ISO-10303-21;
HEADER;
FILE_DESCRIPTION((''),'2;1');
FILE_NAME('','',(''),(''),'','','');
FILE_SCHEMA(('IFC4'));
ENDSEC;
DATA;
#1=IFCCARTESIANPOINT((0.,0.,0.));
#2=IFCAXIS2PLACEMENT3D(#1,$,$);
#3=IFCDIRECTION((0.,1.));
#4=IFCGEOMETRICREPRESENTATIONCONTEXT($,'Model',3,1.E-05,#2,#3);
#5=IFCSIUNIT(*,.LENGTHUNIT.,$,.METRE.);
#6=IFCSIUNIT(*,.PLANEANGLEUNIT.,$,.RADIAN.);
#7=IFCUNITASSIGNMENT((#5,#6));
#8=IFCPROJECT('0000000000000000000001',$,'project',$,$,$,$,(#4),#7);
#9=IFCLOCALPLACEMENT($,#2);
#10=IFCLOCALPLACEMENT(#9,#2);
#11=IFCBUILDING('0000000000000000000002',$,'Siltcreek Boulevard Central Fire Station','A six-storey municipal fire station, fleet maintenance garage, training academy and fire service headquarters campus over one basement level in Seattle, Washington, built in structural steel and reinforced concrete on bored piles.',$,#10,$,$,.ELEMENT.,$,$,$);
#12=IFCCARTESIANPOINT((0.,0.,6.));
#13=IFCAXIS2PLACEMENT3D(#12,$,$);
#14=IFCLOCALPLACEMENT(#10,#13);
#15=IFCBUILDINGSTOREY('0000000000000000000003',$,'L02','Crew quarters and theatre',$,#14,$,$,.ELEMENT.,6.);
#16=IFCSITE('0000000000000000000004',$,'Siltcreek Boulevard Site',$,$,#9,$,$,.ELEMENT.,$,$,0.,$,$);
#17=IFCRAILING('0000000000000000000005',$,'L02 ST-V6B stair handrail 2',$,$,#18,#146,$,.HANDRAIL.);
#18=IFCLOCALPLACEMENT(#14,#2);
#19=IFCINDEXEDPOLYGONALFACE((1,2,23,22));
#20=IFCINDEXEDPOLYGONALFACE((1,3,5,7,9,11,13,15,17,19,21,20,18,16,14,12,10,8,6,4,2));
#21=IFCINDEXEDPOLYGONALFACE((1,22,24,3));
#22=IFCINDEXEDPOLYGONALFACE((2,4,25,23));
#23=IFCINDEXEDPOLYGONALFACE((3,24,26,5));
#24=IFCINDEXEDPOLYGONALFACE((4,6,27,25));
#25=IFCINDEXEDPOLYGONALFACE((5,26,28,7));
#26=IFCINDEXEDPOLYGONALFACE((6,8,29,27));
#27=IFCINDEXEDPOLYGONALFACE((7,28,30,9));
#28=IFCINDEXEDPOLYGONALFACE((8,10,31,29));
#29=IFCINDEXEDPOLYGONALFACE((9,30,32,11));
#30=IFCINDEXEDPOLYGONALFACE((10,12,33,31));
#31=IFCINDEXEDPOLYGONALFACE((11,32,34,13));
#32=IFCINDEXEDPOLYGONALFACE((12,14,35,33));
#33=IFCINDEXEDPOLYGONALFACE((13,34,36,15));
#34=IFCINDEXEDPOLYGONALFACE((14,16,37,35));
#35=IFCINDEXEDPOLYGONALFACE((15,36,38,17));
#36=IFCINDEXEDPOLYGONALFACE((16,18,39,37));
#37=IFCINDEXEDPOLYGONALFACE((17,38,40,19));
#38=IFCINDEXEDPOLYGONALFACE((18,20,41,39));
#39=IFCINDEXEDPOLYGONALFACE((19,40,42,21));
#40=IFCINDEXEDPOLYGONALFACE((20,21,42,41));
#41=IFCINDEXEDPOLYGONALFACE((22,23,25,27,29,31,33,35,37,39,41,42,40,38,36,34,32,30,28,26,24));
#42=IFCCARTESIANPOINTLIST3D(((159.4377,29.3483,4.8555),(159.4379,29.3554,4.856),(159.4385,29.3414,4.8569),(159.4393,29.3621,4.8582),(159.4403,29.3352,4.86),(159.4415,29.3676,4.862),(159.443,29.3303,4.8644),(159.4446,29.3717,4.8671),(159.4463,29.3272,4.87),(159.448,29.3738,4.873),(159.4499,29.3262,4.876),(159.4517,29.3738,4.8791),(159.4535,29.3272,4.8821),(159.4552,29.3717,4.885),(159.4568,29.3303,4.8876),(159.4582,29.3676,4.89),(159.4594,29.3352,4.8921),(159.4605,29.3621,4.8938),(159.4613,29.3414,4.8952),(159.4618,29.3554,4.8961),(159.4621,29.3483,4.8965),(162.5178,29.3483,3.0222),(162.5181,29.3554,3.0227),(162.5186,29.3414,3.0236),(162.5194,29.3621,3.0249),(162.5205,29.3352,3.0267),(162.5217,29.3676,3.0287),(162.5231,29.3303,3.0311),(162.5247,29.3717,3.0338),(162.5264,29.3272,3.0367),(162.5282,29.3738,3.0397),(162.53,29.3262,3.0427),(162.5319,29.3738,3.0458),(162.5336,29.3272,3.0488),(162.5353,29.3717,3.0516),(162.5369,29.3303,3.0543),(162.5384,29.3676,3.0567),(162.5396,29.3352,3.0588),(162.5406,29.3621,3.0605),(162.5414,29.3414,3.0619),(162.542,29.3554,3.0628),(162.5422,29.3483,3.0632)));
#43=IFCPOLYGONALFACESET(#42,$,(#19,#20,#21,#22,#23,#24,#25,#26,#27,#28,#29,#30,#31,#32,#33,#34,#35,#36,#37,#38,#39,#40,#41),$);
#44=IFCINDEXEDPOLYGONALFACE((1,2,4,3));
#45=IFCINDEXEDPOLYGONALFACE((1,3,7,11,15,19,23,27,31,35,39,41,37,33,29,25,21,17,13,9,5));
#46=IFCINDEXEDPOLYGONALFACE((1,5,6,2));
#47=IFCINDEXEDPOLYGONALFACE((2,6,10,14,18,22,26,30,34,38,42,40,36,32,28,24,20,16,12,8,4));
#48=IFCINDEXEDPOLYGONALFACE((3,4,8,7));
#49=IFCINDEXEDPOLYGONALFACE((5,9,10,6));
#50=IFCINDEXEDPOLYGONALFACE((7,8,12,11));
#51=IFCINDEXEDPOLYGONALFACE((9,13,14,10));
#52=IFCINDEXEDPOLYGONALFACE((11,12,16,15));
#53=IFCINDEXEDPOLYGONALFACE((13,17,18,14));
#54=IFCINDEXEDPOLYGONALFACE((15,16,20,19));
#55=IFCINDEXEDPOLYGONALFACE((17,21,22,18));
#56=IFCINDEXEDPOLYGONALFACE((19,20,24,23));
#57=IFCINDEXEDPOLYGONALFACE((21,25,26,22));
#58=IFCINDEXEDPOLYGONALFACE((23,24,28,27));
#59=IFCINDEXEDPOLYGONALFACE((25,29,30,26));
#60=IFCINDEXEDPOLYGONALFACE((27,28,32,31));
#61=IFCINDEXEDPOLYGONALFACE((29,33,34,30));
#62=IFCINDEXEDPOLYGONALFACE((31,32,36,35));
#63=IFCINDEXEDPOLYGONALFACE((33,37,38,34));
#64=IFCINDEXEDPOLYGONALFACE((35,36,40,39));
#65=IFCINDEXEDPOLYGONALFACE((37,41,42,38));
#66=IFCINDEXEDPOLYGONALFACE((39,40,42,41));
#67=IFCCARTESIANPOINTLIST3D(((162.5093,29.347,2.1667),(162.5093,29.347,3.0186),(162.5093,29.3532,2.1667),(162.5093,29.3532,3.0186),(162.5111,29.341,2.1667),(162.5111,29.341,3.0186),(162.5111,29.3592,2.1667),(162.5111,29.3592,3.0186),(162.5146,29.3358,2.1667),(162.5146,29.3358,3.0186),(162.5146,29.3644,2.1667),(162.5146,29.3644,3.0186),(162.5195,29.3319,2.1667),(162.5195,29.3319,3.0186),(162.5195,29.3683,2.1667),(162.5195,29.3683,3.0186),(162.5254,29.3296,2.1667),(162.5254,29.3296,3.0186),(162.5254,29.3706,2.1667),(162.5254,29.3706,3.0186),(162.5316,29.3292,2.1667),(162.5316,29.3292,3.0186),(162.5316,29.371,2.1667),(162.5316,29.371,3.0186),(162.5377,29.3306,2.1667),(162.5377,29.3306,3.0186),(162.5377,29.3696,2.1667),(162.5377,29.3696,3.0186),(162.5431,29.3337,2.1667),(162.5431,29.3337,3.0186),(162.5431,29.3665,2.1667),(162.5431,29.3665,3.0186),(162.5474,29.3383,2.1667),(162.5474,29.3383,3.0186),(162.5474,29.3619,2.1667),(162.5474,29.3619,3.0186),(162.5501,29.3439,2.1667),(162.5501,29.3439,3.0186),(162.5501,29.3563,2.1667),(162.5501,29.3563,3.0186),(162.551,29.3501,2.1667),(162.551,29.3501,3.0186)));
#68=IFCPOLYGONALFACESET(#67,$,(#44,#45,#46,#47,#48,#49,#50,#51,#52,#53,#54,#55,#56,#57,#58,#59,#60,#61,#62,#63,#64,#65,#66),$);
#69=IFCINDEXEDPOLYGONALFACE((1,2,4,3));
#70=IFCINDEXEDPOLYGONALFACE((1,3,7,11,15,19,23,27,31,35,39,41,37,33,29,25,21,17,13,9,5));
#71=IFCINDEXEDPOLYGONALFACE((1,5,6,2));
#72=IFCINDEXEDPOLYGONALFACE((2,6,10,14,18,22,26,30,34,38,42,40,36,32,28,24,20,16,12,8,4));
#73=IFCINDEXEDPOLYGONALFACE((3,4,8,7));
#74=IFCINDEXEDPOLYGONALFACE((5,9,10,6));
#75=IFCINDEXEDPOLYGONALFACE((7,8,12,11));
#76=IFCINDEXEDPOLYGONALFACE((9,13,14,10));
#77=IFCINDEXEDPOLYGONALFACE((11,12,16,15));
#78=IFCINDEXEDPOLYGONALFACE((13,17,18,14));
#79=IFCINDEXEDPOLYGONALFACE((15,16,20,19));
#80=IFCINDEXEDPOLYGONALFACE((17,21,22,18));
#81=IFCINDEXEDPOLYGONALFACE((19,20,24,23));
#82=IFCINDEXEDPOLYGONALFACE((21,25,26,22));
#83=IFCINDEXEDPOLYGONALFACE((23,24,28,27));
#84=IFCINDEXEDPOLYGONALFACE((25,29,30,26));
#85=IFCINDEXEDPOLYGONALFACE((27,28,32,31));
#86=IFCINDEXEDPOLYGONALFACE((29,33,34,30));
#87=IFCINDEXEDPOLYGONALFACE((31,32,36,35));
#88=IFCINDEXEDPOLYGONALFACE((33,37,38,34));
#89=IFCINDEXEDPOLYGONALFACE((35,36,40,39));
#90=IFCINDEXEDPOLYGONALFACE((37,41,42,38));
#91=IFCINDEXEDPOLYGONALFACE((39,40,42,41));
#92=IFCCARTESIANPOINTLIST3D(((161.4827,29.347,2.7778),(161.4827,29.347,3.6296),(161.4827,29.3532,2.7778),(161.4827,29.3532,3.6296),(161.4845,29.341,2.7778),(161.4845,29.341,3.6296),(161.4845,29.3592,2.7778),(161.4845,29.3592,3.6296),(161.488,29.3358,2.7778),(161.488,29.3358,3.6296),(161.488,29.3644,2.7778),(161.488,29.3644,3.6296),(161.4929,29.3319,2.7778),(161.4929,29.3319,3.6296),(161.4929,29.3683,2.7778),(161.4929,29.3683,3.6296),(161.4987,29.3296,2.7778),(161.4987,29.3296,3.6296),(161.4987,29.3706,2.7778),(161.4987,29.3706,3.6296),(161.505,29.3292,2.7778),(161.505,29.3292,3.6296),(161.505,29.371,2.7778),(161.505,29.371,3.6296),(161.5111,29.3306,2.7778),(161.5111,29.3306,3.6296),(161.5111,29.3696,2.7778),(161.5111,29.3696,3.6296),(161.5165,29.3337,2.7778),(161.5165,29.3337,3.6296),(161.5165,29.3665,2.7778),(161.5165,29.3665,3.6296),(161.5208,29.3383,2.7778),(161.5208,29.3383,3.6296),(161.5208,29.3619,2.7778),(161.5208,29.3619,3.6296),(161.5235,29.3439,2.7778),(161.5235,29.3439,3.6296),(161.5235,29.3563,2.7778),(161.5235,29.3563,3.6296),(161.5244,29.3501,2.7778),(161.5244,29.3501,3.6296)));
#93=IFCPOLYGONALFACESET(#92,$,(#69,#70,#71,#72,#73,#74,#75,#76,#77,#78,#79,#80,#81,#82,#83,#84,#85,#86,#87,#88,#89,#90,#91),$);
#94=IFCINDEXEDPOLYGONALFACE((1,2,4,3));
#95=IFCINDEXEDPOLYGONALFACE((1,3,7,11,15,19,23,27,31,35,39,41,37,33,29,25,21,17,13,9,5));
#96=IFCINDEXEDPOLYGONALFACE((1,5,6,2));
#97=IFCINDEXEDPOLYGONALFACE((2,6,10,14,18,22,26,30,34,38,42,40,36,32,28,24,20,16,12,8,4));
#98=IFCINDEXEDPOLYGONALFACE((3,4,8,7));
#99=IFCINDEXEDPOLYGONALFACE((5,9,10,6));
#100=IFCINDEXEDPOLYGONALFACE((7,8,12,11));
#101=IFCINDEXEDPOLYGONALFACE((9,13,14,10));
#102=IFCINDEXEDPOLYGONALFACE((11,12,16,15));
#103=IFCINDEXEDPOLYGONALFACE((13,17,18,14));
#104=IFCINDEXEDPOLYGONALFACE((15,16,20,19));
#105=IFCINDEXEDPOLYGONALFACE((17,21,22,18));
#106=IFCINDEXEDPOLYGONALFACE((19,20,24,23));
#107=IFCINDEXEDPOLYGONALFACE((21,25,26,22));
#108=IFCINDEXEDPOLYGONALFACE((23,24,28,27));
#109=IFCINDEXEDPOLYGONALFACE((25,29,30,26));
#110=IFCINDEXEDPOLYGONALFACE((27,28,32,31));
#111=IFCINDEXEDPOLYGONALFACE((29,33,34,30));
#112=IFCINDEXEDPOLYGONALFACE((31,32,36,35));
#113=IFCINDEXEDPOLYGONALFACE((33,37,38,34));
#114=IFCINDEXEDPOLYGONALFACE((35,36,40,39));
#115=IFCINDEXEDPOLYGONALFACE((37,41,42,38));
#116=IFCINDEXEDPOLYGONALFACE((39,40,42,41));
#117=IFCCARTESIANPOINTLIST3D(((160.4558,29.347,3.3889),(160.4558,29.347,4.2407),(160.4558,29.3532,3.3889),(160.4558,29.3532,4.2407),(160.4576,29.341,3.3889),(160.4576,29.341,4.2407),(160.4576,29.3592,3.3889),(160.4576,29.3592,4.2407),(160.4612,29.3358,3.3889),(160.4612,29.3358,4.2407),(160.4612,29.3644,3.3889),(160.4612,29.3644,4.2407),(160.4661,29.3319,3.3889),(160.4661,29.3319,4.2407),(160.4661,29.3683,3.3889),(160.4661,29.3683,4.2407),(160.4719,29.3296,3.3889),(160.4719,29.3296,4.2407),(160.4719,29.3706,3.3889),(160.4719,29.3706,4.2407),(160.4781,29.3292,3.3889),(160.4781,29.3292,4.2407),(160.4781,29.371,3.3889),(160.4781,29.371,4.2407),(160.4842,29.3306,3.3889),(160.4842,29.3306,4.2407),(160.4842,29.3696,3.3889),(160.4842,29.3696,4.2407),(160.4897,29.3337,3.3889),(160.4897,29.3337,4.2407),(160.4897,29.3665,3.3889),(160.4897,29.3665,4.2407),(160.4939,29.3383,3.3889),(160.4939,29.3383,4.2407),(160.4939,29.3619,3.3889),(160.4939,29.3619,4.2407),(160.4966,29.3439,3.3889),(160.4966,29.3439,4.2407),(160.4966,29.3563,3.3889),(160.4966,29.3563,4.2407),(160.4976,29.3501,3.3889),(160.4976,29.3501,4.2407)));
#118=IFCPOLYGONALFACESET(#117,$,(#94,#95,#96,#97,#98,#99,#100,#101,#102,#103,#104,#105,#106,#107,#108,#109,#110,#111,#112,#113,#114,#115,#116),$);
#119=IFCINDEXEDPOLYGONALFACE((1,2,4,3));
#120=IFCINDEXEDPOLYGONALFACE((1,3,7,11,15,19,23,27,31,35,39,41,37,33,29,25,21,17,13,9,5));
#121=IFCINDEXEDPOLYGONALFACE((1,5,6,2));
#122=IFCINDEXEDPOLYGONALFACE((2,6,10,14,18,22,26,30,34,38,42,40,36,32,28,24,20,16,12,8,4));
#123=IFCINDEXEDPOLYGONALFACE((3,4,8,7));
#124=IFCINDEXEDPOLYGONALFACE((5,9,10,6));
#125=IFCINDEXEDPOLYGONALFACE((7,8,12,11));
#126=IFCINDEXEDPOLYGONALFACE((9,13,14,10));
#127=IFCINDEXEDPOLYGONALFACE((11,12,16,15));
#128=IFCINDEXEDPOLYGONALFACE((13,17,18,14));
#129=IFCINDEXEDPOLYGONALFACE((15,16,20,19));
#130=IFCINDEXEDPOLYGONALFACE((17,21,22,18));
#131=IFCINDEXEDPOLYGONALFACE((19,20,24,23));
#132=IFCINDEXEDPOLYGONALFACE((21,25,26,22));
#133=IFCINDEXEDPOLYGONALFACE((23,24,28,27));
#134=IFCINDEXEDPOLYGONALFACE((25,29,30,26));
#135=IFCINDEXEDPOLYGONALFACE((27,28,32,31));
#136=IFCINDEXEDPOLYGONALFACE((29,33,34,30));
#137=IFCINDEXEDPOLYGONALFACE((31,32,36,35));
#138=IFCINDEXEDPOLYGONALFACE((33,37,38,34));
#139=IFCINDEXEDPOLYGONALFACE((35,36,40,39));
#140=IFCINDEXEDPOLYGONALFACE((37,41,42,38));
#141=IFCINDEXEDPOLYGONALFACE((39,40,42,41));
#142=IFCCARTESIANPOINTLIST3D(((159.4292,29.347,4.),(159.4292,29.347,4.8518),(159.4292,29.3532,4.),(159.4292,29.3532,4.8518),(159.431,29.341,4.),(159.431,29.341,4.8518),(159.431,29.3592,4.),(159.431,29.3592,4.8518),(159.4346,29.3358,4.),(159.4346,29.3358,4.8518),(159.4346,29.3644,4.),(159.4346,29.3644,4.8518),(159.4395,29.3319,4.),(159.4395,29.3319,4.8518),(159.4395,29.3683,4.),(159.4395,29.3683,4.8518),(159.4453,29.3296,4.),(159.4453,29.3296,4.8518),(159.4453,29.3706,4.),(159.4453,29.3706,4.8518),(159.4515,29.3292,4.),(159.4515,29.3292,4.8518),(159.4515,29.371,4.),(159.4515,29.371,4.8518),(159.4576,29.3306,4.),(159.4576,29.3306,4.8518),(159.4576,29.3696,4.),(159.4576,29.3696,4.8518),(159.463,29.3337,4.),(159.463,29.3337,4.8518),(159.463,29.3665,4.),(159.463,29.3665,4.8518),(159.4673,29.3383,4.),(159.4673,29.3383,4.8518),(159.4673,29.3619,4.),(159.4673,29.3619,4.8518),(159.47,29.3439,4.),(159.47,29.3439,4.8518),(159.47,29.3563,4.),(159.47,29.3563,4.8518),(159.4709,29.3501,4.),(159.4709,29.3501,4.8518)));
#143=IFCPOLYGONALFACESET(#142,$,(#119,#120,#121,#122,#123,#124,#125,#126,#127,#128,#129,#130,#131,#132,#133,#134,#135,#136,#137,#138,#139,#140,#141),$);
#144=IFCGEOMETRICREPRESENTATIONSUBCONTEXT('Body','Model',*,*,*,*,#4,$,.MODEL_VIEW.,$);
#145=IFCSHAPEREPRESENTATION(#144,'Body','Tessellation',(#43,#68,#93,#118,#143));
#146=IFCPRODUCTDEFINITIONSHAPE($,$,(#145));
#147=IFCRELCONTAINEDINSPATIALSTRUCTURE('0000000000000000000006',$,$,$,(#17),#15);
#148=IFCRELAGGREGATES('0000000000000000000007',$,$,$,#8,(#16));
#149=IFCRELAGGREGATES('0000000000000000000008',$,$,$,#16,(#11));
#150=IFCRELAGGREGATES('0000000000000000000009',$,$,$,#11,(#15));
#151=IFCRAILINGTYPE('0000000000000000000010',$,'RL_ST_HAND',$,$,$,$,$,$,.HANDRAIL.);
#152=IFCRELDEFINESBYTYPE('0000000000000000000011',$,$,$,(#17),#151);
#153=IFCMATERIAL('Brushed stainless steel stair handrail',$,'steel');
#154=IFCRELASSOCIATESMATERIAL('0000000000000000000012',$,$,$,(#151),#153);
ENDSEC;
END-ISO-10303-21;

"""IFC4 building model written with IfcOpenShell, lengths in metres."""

from ifc_helpers import new_model, si_unit, direction, frame, origin, origin_2d, place, context, subcontext, project, spatial, circle, extrude, material, type_object, element, save


model = new_model("IFC4")

# Units and contexts
model_context = context("Model", 3, precision=1e-05, world=origin(), true_north=direction((0.0, 1.0)))
body_context = subcontext(model_context, "Body", "Model", "MODEL_VIEW")
ifc_project = project(units=[si_unit("LENGTHUNIT", "METRE"), si_unit("PLANEANGLEUNIT", "RADIAN")], contexts=[model_context])

# Site, building, storey
site_placement = place(None, origin())
site = spatial("IfcSite", under=ifc_project, at=site_placement, Name="Siltcreek Boulevard Site", CompositionType="ELEMENT", RefElevation=0.0)
building_placement = place(site_placement, origin())
building = spatial("IfcBuilding", under=site, at=building_placement, Name="Siltcreek Boulevard Central Fire Station", Description="A six-storey municipal fire station, fleet maintenance garage, training academy and fire service headquarters campus over one basement level in Seattle, Washington, built in structural steel and reinforced concrete on bored piles.", CompositionType="ELEMENT")
storey_placement = place(building_placement, frame((0.0, 0.0, 6.0)))
storey = spatial("IfcBuildingStorey", under=building, at=storey_placement, Name="L02", Description="Crew quarters and theatre", CompositionType="ELEMENT", Elevation=6.0)

# Railing
ifc_material_1 = material(Name="Brushed stainless steel stair handrail", Category="steel")
railing_type_1 = type_object("IfcRailingType", Name="RL_ST_HAND", PredefinedType="HANDRAIL", material=ifc_material_1)
railing_1_placement = place(storey_placement, frame((162.53, 29.3501, 2.1667)))
element("IfcRailing", 1, at=railing_1_placement, inside=storey, type_object=railing_type_1, Name="L02 ST-V6B stair handrail 2", PredefinedType="HANDRAIL", context=body_context, shape_type="SweptSolid", body=[
    extrude(circle(Radius=0.0239, at=origin_2d()), frame((0.0, 0.0, 0.876), z_axis=(-0.859309, 0.0, 0.511458), x_axis=(0.0, -1.0, 0.0)), (0.0, 0.0, 1.0), 3.5845),
    extrude(circle(Radius=0.021, at=origin_2d()), origin(), (0.0, 0.0, 1.0), 0.8518),
    extrude(circle(Radius=0.021, at=origin_2d()), frame((-1.0266, 0.0, 0.6111)), (0.0, 0.0, 1.0), 0.8518),
    extrude(circle(Radius=0.021, at=origin_2d()), frame((-2.0535, 0.0, 1.2222)), (0.0, 0.0, 1.0), 0.8518),
    extrude(circle(Radius=0.021, at=origin_2d()), frame((-3.0801, 0.0, 1.8333)), (0.0, 0.0, 1.0), 0.8518),
])

save(model, "model.ifc")
